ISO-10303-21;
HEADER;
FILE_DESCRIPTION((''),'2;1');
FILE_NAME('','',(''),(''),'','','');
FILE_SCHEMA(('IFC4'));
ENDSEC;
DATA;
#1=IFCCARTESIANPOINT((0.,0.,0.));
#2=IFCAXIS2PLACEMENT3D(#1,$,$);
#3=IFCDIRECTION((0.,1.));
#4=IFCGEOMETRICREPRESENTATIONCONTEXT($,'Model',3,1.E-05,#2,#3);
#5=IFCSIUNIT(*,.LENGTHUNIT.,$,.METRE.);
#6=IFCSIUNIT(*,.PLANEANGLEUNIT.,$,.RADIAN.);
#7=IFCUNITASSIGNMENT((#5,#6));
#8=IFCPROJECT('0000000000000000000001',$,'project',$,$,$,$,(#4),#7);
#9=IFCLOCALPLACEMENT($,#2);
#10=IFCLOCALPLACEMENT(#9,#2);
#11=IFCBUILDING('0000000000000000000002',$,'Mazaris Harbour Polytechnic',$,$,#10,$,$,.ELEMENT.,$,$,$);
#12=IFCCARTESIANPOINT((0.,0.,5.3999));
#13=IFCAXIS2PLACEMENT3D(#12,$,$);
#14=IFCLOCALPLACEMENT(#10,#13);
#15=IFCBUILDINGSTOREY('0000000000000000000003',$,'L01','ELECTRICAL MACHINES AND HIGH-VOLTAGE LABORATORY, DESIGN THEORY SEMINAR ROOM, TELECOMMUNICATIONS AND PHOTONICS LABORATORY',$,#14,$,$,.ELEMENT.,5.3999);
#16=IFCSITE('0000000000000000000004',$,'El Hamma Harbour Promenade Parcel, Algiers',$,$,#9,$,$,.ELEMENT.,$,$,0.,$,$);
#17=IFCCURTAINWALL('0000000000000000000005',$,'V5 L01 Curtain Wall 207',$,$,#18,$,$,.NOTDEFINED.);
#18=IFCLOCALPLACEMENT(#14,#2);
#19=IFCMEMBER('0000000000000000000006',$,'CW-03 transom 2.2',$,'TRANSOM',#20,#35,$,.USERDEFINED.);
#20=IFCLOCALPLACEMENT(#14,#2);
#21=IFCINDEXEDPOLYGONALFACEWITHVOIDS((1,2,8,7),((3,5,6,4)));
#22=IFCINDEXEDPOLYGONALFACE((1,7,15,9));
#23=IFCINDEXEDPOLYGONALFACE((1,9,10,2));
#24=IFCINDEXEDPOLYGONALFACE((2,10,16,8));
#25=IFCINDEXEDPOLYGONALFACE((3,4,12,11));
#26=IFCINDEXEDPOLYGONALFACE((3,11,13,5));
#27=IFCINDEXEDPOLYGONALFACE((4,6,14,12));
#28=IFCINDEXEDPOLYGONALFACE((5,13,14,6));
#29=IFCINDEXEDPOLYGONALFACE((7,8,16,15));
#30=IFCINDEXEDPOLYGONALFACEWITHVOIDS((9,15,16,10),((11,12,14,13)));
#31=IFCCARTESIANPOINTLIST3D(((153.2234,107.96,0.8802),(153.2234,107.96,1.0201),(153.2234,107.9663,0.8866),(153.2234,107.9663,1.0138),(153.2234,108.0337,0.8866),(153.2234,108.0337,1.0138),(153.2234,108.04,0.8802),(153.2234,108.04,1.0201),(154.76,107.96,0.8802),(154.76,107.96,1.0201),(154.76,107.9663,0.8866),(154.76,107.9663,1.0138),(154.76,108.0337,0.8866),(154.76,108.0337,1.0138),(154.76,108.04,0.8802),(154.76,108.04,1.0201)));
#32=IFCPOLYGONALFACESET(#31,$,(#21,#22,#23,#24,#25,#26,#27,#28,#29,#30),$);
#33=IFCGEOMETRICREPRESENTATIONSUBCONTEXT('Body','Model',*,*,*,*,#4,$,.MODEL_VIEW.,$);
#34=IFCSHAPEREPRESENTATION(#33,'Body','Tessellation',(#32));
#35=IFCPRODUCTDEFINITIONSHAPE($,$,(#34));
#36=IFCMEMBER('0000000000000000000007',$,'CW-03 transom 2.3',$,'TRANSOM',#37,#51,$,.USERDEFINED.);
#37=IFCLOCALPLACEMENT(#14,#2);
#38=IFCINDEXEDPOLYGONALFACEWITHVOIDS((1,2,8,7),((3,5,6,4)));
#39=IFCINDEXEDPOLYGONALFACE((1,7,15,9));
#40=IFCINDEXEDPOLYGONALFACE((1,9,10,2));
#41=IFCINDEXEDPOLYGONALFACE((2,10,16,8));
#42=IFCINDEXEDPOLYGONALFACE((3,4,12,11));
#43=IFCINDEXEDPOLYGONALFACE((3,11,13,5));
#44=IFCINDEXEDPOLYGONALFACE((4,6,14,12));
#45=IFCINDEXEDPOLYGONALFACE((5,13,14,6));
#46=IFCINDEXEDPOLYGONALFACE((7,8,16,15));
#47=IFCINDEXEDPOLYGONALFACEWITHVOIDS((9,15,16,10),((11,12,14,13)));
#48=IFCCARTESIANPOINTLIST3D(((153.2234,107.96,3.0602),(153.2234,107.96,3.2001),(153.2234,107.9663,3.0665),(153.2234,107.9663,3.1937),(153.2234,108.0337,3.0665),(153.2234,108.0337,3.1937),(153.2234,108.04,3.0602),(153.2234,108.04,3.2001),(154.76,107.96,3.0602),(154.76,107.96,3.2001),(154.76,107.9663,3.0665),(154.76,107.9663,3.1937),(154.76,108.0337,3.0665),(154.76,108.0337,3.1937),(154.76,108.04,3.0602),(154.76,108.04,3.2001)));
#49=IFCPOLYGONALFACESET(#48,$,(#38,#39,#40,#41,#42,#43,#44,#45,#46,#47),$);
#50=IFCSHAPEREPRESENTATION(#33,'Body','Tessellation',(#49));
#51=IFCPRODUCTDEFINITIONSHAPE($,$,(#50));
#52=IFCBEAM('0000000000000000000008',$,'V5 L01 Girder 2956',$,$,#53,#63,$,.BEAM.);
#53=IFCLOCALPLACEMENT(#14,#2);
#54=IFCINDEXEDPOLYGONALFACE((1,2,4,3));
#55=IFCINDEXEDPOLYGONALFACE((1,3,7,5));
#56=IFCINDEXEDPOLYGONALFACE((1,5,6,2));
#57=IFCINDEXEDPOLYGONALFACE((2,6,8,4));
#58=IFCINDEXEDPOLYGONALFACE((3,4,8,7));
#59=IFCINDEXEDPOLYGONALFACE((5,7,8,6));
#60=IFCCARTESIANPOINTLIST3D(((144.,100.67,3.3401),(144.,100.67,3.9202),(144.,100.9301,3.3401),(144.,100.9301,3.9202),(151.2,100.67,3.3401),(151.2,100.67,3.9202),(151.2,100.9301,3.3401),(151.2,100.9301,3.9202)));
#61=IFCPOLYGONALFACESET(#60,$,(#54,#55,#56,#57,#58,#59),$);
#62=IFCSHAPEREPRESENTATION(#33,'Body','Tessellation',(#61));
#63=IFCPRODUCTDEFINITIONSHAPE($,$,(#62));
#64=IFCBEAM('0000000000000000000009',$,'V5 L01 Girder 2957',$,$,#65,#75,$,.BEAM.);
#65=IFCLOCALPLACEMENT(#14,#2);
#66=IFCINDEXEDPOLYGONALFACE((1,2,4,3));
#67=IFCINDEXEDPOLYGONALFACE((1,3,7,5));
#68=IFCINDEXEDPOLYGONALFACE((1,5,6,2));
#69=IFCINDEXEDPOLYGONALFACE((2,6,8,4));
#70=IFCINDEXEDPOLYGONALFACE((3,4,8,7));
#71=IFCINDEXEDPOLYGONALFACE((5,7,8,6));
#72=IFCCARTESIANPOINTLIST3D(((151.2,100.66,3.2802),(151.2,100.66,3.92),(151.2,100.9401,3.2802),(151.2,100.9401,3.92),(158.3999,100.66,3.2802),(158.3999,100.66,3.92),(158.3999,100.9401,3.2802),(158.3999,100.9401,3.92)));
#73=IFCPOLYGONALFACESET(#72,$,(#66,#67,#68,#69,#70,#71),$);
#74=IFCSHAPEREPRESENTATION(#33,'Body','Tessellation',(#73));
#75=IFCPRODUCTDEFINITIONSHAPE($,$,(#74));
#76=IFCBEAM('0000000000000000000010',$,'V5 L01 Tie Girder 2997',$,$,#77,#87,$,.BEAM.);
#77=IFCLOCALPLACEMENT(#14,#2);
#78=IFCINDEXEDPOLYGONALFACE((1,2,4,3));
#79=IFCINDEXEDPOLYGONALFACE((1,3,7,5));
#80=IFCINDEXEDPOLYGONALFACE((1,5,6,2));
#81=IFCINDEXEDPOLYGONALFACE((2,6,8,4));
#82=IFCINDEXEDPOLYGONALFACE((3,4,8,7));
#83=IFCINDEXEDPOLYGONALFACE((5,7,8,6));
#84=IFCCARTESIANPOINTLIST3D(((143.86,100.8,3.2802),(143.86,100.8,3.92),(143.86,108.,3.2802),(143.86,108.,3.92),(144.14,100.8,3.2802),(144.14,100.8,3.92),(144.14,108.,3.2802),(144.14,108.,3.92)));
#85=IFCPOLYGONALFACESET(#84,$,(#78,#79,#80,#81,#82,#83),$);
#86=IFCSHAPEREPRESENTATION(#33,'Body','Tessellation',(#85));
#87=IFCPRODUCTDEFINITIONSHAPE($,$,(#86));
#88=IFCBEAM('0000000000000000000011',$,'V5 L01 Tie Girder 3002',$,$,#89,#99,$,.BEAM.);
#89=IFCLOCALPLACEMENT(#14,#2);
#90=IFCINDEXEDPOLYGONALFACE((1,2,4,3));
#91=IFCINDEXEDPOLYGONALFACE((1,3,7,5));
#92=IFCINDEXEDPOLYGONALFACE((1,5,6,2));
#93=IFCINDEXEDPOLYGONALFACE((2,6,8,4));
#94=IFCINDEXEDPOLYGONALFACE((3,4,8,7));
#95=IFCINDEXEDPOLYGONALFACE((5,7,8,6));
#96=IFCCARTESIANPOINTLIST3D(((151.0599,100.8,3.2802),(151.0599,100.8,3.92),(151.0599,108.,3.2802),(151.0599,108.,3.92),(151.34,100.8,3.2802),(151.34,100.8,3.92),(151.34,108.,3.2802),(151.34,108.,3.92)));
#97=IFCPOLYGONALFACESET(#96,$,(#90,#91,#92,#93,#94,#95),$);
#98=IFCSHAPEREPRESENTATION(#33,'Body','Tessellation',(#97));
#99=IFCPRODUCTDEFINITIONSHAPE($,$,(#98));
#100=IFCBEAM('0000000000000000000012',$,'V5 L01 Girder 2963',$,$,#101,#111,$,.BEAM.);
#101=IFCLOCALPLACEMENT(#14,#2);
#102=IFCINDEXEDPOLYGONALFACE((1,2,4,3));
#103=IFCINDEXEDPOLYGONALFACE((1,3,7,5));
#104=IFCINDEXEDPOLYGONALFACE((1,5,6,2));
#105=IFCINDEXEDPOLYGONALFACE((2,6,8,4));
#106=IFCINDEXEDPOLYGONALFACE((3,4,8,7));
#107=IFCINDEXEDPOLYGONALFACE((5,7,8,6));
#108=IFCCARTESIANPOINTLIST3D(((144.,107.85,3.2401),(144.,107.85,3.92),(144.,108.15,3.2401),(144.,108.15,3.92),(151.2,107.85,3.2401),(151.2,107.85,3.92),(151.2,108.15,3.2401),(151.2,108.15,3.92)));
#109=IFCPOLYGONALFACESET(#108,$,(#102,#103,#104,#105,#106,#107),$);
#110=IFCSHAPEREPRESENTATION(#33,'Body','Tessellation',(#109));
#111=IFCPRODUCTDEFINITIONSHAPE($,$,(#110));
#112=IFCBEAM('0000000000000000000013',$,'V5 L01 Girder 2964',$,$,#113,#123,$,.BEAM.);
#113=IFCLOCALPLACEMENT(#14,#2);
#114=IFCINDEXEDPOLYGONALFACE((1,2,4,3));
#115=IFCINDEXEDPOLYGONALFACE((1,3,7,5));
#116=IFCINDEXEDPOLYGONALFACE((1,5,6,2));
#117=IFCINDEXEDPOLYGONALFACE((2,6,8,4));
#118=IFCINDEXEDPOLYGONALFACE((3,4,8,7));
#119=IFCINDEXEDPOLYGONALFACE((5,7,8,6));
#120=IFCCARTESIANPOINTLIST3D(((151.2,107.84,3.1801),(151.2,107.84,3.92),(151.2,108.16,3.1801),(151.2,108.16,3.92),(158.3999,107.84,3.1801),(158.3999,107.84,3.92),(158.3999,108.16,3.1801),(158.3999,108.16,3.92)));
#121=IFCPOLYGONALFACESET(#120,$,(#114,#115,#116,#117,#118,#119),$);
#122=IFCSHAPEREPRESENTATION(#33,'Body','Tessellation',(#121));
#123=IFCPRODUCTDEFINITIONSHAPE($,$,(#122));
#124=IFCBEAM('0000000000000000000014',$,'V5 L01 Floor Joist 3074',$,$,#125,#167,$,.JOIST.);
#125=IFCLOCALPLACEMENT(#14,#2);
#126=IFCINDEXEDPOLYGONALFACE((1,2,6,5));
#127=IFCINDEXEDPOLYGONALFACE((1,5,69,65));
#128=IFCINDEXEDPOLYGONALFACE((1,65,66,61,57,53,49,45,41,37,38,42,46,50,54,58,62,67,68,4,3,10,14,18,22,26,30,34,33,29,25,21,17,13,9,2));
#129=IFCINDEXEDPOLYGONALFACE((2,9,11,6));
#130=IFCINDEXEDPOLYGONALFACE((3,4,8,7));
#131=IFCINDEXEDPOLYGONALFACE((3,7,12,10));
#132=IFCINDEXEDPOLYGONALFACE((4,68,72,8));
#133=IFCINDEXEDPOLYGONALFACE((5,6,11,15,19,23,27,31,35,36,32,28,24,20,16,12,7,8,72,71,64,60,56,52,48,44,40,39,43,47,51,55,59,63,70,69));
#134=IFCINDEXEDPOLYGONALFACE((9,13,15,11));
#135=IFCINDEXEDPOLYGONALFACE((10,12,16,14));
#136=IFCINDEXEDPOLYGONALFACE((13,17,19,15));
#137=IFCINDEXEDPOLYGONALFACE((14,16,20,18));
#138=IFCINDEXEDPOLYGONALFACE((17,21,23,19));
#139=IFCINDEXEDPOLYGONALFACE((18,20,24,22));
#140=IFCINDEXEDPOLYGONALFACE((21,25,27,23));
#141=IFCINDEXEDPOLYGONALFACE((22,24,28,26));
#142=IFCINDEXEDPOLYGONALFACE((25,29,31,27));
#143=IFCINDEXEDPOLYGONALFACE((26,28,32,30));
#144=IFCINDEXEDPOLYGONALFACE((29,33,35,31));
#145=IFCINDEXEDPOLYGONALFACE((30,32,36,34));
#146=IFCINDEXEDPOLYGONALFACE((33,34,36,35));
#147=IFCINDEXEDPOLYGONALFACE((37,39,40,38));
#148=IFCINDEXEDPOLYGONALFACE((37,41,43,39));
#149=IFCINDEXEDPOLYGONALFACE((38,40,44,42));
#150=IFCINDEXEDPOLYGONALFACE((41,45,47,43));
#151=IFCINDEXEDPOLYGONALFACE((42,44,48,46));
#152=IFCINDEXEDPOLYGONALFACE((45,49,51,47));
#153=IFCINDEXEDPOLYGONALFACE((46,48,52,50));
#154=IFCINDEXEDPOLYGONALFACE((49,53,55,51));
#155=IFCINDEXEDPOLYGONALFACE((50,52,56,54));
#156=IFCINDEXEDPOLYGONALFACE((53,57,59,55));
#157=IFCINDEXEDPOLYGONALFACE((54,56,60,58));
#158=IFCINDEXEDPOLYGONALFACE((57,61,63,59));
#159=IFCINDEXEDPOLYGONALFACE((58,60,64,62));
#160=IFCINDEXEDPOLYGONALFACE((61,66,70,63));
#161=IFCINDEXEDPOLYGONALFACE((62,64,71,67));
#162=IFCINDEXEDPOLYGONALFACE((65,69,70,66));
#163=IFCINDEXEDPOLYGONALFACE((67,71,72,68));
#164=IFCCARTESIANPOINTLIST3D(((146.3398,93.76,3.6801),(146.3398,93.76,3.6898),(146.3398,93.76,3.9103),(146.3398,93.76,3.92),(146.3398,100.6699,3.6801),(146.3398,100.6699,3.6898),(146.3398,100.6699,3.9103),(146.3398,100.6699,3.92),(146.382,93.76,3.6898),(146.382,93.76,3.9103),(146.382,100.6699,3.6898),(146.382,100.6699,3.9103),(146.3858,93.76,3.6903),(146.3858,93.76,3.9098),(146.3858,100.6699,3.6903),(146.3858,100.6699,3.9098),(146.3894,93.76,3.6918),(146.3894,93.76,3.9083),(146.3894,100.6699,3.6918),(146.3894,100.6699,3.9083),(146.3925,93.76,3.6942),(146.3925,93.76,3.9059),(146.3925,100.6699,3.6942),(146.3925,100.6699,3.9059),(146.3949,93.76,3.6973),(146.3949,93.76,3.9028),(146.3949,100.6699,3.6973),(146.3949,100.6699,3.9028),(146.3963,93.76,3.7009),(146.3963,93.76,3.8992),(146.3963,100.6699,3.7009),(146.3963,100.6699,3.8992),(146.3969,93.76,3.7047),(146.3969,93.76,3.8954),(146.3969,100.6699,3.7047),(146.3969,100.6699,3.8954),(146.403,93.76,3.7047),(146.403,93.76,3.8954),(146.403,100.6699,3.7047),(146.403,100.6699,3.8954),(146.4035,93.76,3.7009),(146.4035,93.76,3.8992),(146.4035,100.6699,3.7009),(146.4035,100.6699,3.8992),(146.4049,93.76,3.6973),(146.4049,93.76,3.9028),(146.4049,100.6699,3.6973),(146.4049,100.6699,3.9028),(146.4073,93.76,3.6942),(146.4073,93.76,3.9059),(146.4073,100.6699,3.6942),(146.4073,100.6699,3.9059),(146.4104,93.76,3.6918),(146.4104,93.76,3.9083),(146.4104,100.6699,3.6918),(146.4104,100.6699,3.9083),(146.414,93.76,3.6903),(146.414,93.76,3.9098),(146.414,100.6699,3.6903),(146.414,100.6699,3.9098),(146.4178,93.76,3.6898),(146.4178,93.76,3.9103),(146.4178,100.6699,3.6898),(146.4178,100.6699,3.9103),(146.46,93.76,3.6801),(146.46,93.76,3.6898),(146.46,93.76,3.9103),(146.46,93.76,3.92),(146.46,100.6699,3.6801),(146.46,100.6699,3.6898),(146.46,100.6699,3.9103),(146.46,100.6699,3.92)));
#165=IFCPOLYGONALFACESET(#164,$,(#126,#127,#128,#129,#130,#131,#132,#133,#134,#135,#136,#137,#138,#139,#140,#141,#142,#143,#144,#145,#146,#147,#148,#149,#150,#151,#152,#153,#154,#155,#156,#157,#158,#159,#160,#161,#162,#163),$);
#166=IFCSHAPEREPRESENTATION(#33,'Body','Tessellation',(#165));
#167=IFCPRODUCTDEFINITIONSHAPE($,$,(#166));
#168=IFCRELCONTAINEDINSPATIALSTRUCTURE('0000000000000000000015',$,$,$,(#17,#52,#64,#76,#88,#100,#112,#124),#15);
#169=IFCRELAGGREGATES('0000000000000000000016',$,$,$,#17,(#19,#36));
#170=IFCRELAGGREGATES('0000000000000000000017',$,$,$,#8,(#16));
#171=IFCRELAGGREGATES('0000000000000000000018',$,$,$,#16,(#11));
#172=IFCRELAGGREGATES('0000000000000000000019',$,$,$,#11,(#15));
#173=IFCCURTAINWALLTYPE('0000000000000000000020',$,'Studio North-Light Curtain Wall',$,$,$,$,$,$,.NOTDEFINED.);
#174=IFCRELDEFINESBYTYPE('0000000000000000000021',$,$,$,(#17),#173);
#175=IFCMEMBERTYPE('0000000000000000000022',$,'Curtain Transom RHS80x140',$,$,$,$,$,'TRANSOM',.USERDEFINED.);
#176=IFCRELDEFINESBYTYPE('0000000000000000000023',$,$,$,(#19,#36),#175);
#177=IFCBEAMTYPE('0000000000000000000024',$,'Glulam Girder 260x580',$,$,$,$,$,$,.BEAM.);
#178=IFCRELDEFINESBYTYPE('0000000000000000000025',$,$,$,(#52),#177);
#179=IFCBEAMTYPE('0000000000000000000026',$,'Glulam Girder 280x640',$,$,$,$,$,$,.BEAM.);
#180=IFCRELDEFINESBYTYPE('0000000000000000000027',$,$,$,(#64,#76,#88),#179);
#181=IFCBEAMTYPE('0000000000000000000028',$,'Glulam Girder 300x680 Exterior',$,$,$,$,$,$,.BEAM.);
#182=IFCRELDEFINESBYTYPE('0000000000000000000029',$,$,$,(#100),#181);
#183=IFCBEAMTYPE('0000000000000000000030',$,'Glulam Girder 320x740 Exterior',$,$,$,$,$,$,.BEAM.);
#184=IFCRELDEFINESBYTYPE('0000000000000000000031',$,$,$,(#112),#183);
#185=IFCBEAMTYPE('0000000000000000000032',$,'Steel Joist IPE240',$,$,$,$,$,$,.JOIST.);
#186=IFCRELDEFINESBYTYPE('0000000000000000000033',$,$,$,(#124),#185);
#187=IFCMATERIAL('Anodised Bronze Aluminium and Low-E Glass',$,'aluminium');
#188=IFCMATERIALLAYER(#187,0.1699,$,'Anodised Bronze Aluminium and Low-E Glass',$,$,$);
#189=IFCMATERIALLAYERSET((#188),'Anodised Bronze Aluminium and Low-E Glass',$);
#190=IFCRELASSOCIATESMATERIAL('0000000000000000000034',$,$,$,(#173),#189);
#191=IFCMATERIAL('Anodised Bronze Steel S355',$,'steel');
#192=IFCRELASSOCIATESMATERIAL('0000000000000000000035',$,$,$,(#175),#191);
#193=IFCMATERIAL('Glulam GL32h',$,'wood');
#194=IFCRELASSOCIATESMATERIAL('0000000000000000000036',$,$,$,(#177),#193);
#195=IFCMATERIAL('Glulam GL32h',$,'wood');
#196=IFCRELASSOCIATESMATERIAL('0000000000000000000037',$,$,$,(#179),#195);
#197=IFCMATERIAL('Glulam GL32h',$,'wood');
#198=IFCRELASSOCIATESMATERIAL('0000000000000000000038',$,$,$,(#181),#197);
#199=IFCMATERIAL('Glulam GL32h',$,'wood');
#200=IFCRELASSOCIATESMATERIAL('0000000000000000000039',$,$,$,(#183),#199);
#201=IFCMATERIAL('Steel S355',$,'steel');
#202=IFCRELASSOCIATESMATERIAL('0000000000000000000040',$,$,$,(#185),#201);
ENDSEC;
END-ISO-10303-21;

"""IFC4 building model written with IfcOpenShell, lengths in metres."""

from ifc_helpers import new_model, si_unit, direction, frame, origin, origin_2d, place, context, subcontext, project, spatial, rectangle, hollow_rectangle, i_section, extrude, material, layer, layer_set, material_profile, profile_set, type_object, element, aggregate, save


model = new_model("IFC4")

# Units and contexts
model_context = context("Model", 3, precision=1e-05, world=origin(), true_north=direction((0.0, 1.0)))
body_context = subcontext(model_context, "Body", "Model", "MODEL_VIEW")
ifc_project = project(units=[si_unit("LENGTHUNIT", "METRE"), si_unit("PLANEANGLEUNIT", "RADIAN")], contexts=[model_context])

# Site, building, storey
site_placement = place(None, origin())
site = spatial("IfcSite", under=ifc_project, at=site_placement, Name="El Hamma Harbour Promenade Parcel, Algiers", CompositionType="ELEMENT", RefElevation=0.0)
building_placement = place(site_placement, origin())
building = spatial("IfcBuilding", under=site, at=building_placement, Name="Mazaris Harbour Polytechnic", CompositionType="ELEMENT")
storey_placement = place(building_placement, frame((0.0, 0.0, 5.3999)))
storey = spatial("IfcBuildingStorey", under=building, at=storey_placement, Name="L01", Description="ELECTRICAL MACHINES AND HIGH-VOLTAGE LABORATORY, DESIGN THEORY SEMINAR ROOM, TELECOMMUNICATIONS AND PHOTONICS LABORATORY", CompositionType="ELEMENT", Elevation=5.3999)

# Shared definitions
ifc_material_1 = material(Name="Anodised Bronze Aluminium and Low-E Glass", Category="aluminium")
ifc_layer_1 = layer(ifc_material_1, 0.1699, Name="Anodised Bronze Aluminium and Low-E Glass")
ifc_layer_set_1 = layer_set([ifc_layer_1], Name="Anodised Bronze Aluminium and Low-E Glass")
curtain_wall_type = type_object("IfcCurtainWallType", Name="Studio North-Light Curtain Wall", PredefinedType="NOTDEFINED", material=ifc_layer_set_1)

# Curtain wall, members
curtain_wall_1_placement = place(storey_placement, origin())
curtain_wall_1 = element("IfcCurtainWall", 1, at=curtain_wall_1_placement, inside=storey, type_object=curtain_wall_type, Name="V5 L01 Curtain Wall 207", PredefinedType="NOTDEFINED")
ifc_material_2 = material(Name="Anodised Bronze Steel S355", Category="steel")
ifc_material_profile_1 = material_profile(ifc_material_2, hollow_rectangle(XDim=0.0801, YDim=0.1399, WallThickness=0.0063, at=origin_2d()), Name="RHS 80x140x6.3")
ifc_profile_set_1 = profile_set([ifc_material_profile_1], Name="Anodised Bronze Steel S355")
member_type_1 = type_object("IfcMemberType", Name="Curtain Transom RHS80x140", ElementType="TRANSOM", PredefinedType="USERDEFINED", material=ifc_profile_set_1)
member_1_placement = place(storey_placement, frame((153.2234, 108.0, 0.9502), z_axis=(1.0, 0.0, 0.0), x_axis=(0.0, 1.0, 0.0)))
member_1 = element("IfcMember", 2, at=member_1_placement, type_object=member_type_1, Name="CW-03 transom 2.2", ObjectType="TRANSOM", PredefinedType="USERDEFINED", context=body_context, shape_type="SweptSolid", body=[
    extrude(hollow_rectangle(XDim=0.0801, YDim=0.1399, WallThickness=0.0063, at=origin_2d()), origin(), (0.0, 0.0, 1.0), 1.5366),
])
member_2_placement = place(storey_placement, frame((153.2234, 108.0, 3.1301), z_axis=(1.0, 0.0, 0.0), x_axis=(0.0, 1.0, 0.0)))
member_2 = element("IfcMember", 3, at=member_2_placement, type_object=member_type_1, Name="CW-03 transom 2.3", ObjectType="TRANSOM", PredefinedType="USERDEFINED", context=body_context, shape_type="SweptSolid", body=[
    extrude(hollow_rectangle(XDim=0.0801, YDim=0.1399, WallThickness=0.0063, at=origin_2d()), origin(), (0.0, 0.0, 1.0), 1.5366),
])

# Beams
ifc_material_3 = material(Name="Glulam GL32h", Category="wood")
ifc_material_profile_2 = material_profile(ifc_material_3, rectangle(XDim=0.26, YDim=0.5801, at=origin_2d()), Name="RECT260x580")
ifc_profile_set_2 = profile_set([ifc_material_profile_2], Name="Glulam GL32h")
beam_type_1 = type_object("IfcBeamType", Name="Glulam Girder 260x580", PredefinedType="BEAM", material=ifc_profile_set_2)
beam_1_placement = place(storey_placement, frame((144.0, 100.8, 3.6301), z_axis=(1.0, 0.0, 0.0), x_axis=(0.0, 1.0, 0.0)))
element("IfcBeam", 4, at=beam_1_placement, inside=storey, type_object=beam_type_1, Name="V5 L01 Girder 2956", PredefinedType="BEAM", context=body_context, shape_type="SweptSolid", body=[
    extrude(rectangle(XDim=0.26, YDim=0.5801, at=origin_2d()), origin(), (0.0, 0.0, 1.0), 7.2),
])
ifc_material_4 = material(Name="Glulam GL32h", Category="wood")
ifc_material_profile_3 = material_profile(ifc_material_4, rectangle(XDim=0.28, YDim=0.6399, at=origin_2d()), Name="RECT280x640")
ifc_profile_set_3 = profile_set([ifc_material_profile_3], Name="Glulam GL32h")
beam_type_2 = type_object("IfcBeamType", Name="Glulam Girder 280x640", PredefinedType="BEAM", material=ifc_profile_set_3)
for number, where, z_axis, x_axis, name in (
    (5, (151.2, 100.8, 3.6001), (1.0, 0.0, 0.0), (0.0, 1.0, 0.0), "V5 L01 Girder 2957"),
    (6, (144.0, 100.8, 3.6001), (0.0, 1.0, 0.0), (-1.0, 0.0, 0.0), "V5 L01 Tie Girder 2997"),
    (7, (151.2, 100.8, 3.6001), (0.0, 1.0, 0.0), (-1.0, 0.0, 0.0), "V5 L01 Tie Girder 3002"),
):
    element("IfcBeam", number, at=place(storey_placement, frame(where, z_axis=z_axis, x_axis=x_axis)), inside=storey, type_object=beam_type_2, Name=name, PredefinedType="BEAM", context=body_context, shape_type="SweptSolid", body=[
        extrude(rectangle(XDim=0.28, YDim=0.6399, at=origin_2d()), origin(), (0.0, 0.0, 1.0), 7.2),
    ])
ifc_material_5 = material(Name="Glulam GL32h", Category="wood")
ifc_material_profile_4 = material_profile(ifc_material_5, rectangle(XDim=0.3, YDim=0.6799, at=origin_2d()), Name="RECT300x680")
ifc_profile_set_4 = profile_set([ifc_material_profile_4], Name="Glulam GL32h")
beam_type_3 = type_object("IfcBeamType", Name="Glulam Girder 300x680 Exterior", PredefinedType="BEAM", material=ifc_profile_set_4)
beam_2_placement = place(storey_placement, frame((144.0, 108.0, 3.5801), z_axis=(1.0, 0.0, 0.0), x_axis=(0.0, 1.0, 0.0)))
element("IfcBeam", 8, at=beam_2_placement, inside=storey, type_object=beam_type_3, Name="V5 L01 Girder 2963", PredefinedType="BEAM", context=body_context, shape_type="SweptSolid", body=[
    extrude(rectangle(XDim=0.3, YDim=0.6799, at=origin_2d()), origin(), (0.0, 0.0, 1.0), 7.2),
])
ifc_material_6 = material(Name="Glulam GL32h", Category="wood")
ifc_material_profile_5 = material_profile(ifc_material_6, rectangle(XDim=0.3201, YDim=0.74, at=origin_2d()), Name="RECT320x740")
ifc_profile_set_5 = profile_set([ifc_material_profile_5], Name="Glulam GL32h")
beam_type_4 = type_object("IfcBeamType", Name="Glulam Girder 320x740 Exterior", PredefinedType="BEAM", material=ifc_profile_set_5)
beam_3_placement = place(storey_placement, frame((151.2, 108.0, 3.55), z_axis=(1.0, 0.0, 0.0), x_axis=(0.0, 1.0, 0.0)))
element("IfcBeam", 9, at=beam_3_placement, inside=storey, type_object=beam_type_4, Name="V5 L01 Girder 2964", PredefinedType="BEAM", context=body_context, shape_type="SweptSolid", body=[
    extrude(rectangle(XDim=0.3201, YDim=0.74, at=origin_2d()), origin(), (0.0, 0.0, 1.0), 7.2),
])
ifc_material_7 = material(Name="Steel S355", Category="steel")
ifc_material_profile_6 = material_profile(ifc_material_7, i_section(OverallWidth=0.1201, OverallDepth=0.24, WebThickness=0.0061, FlangeThickness=0.0098, FilletRadius=0.0149, at=origin_2d()), Name="IPE 240")
ifc_profile_set_6 = profile_set([ifc_material_profile_6], Name="Steel S355")
beam_type_5 = type_object("IfcBeamType", Name="Steel Joist IPE240", PredefinedType="JOIST", material=ifc_profile_set_6)
beam_4_placement = place(storey_placement, frame((146.3999, 93.76, 3.8), z_axis=(0.0, 1.0, 0.0), x_axis=(-1.0, 0.0, 0.0)))
element("IfcBeam", 10, at=beam_4_placement, inside=storey, type_object=beam_type_5, Name="V5 L01 Floor Joist 3074", PredefinedType="JOIST", context=body_context, shape_type="SweptSolid", body=[
    extrude(i_section(OverallWidth=0.1201, OverallDepth=0.24, WebThickness=0.0061, FlangeThickness=0.0098, FilletRadius=0.0149, at=origin_2d()), origin(), (0.0, 0.0, 1.0), 6.9099),
])

aggregate(curtain_wall_1, [member_1, member_2])

save(model, "model.ifc")
